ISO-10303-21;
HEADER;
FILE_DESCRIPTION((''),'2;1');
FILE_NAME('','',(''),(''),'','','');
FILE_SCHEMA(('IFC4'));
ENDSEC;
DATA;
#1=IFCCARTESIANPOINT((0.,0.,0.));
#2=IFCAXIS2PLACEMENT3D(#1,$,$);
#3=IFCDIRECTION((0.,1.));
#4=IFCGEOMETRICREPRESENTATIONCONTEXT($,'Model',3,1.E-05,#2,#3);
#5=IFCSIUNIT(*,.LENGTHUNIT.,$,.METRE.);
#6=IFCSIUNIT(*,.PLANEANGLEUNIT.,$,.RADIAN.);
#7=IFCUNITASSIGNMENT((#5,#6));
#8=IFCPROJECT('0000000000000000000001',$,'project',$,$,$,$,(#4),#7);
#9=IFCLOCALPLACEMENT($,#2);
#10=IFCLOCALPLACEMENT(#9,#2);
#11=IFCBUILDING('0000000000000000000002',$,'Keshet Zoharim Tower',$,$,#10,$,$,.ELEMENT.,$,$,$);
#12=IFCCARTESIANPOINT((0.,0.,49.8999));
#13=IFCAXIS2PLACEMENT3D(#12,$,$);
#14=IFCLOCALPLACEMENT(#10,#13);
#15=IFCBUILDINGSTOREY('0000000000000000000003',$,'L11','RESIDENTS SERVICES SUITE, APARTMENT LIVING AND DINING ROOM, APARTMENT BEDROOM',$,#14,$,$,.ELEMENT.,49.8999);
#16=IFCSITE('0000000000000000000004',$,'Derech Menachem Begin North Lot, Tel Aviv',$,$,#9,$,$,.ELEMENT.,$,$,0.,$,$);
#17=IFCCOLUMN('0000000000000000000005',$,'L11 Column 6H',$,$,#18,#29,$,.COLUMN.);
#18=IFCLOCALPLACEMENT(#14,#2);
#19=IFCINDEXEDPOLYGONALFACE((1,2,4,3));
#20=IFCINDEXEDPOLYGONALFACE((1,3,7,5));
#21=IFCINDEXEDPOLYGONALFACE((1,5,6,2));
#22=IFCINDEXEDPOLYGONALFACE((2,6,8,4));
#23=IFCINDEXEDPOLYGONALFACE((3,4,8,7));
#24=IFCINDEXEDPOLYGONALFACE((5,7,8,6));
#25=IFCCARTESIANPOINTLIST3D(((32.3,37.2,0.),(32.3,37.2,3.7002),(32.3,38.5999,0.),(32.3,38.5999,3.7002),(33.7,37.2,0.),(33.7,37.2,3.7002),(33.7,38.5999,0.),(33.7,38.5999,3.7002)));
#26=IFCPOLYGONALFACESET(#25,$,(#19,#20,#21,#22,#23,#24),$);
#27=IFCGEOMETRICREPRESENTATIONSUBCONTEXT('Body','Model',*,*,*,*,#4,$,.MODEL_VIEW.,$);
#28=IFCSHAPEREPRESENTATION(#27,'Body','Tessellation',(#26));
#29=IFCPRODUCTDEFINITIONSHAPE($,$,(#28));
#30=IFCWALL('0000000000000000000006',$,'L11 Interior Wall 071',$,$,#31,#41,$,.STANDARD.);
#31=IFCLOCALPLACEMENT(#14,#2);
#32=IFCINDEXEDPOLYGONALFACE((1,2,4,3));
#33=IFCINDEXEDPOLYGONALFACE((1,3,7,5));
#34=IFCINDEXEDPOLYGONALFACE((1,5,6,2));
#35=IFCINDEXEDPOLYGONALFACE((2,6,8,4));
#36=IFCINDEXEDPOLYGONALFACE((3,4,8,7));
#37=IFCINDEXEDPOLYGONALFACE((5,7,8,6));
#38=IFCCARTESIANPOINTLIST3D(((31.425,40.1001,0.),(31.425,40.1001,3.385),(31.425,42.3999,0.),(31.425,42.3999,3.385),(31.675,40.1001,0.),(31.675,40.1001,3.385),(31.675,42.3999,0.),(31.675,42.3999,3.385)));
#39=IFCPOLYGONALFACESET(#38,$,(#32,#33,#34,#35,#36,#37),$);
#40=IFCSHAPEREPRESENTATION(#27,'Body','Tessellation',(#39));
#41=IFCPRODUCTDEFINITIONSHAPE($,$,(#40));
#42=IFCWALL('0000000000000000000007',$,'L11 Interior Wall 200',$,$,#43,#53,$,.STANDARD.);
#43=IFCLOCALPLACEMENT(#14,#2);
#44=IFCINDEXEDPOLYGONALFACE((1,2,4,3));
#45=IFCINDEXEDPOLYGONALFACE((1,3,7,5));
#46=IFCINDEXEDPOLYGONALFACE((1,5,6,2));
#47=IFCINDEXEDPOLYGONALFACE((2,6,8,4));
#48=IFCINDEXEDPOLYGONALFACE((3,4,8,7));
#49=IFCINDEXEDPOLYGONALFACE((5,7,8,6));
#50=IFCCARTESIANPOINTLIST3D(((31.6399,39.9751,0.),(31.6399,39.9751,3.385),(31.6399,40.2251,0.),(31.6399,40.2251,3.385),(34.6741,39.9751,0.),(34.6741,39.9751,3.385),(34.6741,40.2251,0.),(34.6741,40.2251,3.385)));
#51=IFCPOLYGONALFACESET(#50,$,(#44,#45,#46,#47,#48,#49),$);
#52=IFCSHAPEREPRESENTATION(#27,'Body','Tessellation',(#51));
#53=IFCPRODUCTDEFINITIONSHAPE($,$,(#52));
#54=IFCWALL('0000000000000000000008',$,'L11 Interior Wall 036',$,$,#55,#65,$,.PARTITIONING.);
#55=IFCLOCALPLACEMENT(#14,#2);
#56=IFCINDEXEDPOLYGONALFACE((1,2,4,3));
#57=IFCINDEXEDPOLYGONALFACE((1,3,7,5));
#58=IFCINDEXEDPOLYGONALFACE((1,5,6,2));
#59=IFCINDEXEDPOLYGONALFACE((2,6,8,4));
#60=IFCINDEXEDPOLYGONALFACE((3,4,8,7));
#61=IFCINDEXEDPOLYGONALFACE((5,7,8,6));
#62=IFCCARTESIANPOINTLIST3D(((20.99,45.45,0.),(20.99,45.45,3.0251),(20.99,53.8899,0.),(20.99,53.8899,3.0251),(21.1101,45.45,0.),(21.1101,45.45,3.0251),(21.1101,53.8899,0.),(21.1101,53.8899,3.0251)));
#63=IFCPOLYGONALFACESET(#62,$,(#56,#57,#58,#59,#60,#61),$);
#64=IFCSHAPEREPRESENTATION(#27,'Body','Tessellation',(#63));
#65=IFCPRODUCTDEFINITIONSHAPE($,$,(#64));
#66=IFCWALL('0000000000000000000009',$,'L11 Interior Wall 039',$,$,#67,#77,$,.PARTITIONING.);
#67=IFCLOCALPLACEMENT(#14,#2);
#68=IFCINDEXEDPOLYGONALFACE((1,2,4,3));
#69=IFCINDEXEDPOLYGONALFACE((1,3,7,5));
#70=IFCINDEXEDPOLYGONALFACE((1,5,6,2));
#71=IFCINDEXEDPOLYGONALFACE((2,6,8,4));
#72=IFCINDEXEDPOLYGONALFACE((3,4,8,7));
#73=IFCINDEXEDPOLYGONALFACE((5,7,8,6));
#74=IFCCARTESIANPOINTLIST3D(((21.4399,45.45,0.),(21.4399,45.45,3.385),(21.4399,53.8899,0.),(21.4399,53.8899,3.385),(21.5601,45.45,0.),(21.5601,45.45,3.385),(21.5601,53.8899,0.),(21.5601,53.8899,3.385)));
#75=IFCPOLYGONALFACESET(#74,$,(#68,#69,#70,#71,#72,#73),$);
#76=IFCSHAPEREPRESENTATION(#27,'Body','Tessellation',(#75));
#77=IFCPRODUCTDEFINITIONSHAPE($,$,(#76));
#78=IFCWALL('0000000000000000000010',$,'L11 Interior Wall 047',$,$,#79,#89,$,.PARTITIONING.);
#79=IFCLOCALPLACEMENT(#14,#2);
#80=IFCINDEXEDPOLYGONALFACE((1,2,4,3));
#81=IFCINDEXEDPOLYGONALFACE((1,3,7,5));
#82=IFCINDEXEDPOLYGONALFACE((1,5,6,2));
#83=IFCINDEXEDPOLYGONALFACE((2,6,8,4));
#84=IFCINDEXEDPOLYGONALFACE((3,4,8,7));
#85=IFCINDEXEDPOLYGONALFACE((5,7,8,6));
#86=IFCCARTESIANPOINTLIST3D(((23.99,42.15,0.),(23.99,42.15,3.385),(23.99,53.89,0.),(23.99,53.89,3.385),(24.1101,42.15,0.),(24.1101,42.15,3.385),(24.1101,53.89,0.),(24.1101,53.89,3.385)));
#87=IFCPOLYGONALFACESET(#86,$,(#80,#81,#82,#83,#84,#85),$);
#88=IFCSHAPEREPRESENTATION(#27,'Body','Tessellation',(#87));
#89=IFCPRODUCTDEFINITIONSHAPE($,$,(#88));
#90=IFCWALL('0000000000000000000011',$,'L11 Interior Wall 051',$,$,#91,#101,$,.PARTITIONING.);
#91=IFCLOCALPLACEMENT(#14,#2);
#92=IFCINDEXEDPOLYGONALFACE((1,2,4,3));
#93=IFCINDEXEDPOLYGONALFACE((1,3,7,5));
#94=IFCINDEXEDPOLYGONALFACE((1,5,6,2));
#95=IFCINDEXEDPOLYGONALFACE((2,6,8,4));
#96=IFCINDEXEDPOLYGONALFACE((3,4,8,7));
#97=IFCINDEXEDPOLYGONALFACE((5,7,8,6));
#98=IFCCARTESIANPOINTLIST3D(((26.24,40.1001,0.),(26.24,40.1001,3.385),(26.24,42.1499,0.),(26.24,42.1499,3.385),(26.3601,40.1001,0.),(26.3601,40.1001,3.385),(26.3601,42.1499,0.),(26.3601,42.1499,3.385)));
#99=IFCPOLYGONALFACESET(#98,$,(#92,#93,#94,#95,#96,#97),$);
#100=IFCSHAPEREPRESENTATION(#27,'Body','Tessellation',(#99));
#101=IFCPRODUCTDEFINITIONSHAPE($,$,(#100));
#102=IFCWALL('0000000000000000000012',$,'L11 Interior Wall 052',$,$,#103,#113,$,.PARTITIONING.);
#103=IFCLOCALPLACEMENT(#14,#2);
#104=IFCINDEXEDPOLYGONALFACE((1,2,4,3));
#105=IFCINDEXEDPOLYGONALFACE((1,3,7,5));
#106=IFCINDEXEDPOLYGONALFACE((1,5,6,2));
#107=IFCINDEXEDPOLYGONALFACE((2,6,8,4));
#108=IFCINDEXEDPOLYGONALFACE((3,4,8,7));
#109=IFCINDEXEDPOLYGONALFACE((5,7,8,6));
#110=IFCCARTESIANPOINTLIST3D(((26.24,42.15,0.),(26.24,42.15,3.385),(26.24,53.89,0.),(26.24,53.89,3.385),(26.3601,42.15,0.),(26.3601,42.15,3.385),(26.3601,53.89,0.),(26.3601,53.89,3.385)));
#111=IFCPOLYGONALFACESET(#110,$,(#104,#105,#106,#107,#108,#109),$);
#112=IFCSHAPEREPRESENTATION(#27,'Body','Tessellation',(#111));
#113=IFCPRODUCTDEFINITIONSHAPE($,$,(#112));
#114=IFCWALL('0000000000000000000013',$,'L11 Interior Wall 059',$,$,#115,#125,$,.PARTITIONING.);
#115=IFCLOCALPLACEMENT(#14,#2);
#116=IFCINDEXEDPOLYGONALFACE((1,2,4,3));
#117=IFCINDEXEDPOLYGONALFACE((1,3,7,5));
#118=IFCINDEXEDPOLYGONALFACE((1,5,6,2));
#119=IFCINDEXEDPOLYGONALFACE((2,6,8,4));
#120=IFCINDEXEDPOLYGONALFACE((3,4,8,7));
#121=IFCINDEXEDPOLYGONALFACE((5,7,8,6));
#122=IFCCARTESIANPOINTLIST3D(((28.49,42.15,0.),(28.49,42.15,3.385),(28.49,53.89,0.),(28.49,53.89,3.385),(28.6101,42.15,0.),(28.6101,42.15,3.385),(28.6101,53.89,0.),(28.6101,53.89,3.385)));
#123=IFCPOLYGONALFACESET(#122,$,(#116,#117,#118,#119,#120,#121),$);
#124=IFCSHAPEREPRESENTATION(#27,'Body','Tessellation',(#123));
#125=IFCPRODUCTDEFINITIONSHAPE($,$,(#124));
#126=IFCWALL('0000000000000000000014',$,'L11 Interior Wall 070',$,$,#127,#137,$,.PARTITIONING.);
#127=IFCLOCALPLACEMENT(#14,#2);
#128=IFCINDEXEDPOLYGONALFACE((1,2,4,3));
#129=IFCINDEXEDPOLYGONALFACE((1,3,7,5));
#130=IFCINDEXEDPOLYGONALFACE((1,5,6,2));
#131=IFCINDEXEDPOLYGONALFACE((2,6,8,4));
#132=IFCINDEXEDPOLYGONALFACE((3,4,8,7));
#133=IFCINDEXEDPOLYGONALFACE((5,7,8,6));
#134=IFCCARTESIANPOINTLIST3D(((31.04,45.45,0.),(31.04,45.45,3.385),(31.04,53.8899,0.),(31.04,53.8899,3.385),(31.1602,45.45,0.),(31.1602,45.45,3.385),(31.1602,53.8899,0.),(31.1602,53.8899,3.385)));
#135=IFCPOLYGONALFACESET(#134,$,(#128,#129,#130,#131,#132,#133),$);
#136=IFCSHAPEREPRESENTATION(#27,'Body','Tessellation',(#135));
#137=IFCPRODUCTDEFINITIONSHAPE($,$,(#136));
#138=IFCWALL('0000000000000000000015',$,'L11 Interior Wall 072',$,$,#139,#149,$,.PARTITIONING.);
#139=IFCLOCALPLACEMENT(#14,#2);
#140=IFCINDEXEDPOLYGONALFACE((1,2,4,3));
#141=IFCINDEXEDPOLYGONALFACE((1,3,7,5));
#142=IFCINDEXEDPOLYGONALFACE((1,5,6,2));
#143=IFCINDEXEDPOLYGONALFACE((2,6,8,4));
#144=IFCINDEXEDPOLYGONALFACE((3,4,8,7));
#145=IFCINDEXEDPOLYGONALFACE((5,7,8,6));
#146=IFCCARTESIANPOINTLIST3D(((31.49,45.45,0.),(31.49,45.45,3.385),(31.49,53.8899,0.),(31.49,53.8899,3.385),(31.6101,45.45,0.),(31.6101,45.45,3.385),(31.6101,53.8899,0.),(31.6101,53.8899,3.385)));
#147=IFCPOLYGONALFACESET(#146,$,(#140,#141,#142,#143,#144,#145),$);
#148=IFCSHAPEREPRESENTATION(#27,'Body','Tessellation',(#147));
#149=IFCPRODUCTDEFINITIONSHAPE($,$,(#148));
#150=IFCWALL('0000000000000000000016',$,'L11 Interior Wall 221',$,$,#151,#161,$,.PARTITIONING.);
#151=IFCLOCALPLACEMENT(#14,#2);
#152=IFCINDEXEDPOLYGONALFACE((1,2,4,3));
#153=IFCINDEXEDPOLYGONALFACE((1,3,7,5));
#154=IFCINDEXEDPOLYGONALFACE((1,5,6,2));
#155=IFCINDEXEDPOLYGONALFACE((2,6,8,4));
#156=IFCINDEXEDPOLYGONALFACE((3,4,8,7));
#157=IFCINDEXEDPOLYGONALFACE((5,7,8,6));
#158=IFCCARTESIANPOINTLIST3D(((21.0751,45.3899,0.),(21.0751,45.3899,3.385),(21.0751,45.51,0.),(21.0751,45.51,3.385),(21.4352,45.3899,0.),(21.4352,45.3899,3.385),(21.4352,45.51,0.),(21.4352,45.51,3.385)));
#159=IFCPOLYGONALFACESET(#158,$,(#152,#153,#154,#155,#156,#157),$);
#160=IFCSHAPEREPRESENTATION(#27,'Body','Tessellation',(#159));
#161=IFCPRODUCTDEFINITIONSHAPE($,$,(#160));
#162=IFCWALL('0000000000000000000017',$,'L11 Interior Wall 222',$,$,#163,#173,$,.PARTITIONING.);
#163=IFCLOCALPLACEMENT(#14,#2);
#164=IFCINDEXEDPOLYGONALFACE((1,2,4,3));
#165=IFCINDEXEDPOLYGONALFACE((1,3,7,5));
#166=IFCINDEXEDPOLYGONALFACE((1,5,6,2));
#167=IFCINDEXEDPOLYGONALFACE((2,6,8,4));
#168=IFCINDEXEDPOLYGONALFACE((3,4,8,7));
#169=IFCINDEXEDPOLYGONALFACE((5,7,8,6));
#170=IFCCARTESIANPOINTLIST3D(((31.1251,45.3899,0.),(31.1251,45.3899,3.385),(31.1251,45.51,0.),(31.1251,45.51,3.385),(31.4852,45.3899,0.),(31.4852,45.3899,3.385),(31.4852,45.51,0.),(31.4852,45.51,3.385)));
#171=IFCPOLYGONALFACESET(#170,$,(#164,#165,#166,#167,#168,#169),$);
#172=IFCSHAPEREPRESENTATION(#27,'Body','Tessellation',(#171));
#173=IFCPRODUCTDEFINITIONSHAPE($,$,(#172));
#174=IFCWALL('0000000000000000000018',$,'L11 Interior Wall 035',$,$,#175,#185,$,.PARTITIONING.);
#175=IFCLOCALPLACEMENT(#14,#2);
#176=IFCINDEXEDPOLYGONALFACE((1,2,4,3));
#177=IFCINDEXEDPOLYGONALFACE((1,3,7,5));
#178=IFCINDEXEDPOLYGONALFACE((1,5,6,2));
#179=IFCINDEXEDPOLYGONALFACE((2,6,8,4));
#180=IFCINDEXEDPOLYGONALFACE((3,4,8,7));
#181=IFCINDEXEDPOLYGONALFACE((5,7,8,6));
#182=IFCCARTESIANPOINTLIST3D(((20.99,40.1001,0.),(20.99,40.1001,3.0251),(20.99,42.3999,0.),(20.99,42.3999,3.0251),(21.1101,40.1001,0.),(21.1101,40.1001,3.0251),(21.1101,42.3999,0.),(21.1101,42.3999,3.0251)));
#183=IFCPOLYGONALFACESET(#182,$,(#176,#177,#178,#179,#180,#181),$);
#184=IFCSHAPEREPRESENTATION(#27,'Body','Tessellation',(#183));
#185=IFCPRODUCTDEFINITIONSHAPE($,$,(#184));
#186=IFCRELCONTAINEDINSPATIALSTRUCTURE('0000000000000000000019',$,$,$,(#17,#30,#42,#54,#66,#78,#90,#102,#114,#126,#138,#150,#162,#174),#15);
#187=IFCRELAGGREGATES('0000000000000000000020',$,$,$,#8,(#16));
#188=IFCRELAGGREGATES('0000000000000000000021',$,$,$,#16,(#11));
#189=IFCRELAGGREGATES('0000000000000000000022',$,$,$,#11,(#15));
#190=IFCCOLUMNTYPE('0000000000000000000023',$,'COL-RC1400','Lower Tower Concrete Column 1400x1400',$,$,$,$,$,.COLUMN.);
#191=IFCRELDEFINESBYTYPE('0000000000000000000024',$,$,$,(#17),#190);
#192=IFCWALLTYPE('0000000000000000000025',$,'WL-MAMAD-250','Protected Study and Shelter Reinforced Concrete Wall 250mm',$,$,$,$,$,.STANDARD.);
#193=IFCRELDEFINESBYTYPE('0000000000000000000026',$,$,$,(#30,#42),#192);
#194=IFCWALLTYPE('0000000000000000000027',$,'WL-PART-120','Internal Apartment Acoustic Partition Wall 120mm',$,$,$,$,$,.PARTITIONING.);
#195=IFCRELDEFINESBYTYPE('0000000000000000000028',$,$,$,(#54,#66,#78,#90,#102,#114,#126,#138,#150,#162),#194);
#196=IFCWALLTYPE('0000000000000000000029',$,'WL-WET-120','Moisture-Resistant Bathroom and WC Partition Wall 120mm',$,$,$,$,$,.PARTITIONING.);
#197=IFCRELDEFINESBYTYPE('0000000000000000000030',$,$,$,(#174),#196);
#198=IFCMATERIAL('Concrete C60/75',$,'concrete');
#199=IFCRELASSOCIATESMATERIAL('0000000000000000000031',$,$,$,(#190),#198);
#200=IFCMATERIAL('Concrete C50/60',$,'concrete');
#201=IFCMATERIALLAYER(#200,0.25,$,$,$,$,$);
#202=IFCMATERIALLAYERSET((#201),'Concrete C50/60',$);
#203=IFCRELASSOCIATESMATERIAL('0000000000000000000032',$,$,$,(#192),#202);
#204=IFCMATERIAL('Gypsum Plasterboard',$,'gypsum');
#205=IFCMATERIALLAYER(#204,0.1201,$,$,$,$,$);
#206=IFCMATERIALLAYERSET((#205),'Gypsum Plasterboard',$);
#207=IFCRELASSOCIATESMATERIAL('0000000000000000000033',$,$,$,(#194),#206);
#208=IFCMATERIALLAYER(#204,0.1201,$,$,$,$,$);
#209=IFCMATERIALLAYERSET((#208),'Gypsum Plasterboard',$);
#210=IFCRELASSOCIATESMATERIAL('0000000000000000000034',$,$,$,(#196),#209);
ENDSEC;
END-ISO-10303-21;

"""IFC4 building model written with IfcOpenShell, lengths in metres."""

from ifc_helpers import new_model, si_unit, direction, frame, frame_2d, origin, origin_2d, place, context, subcontext, project, spatial, rectangle, extrude, material, layer, layer_set, material_profile, profile_set, type_object, element, save


model = new_model("IFC4")

# Units and contexts
model_context = context("Model", 3, precision=1e-05, world=origin(), true_north=direction((0.0, 1.0)))
body_context = subcontext(model_context, "Body", "Model", "MODEL_VIEW")
ifc_project = project(units=[si_unit("LENGTHUNIT", "METRE"), si_unit("PLANEANGLEUNIT", "RADIAN")], contexts=[model_context])

# Site, building, storey
site_placement = place(None, origin())
site = spatial("IfcSite", under=ifc_project, at=site_placement, Name="Derech Menachem Begin North Lot, Tel Aviv", CompositionType="ELEMENT", RefElevation=0.0)
building_placement = place(site_placement, origin())
building = spatial("IfcBuilding", under=site, at=building_placement, Name="Keshet Zoharim Tower", CompositionType="ELEMENT")
storey_placement = place(building_placement, frame((0.0, 0.0, 49.8999)))
storey = spatial("IfcBuildingStorey", under=building, at=storey_placement, Name="L11", Description="RESIDENTS SERVICES SUITE, APARTMENT LIVING AND DINING ROOM, APARTMENT BEDROOM", CompositionType="ELEMENT", Elevation=49.8999)

# Column
ifc_material_1 = material(Name="Concrete C60/75", Category="concrete")
ifc_material_profile = material_profile(ifc_material_1, rectangle(XDim=1.3999, YDim=1.3999, at=origin_2d()), Name="RC1400x1400")
ifc_profile_set = profile_set([ifc_material_profile], Name="Concrete C60/75")
column_type = type_object("IfcColumnType", Name="COL-RC1400", Description="Lower Tower Concrete Column 1400x1400", PredefinedType="COLUMN", material=ifc_profile_set)
column_placement = place(storey_placement, frame((33.0, 37.8999, 0.0), z_axis=(0.0, 0.0, 1.0), x_axis=(1.0, 0.0, 0.0)))
element("IfcColumn", 1, at=column_placement, inside=storey, type_object=column_type, Name="L11 Column 6H", PredefinedType="COLUMN", context=body_context, shape_type="SweptSolid", body=[
    extrude(rectangle(XDim=1.3999, YDim=1.3999, at=origin_2d()), origin(), (0.0, 0.0, 1.0), 3.7002),
])

# Shared definitions
ifc_material_2 = material(Name="Gypsum Plasterboard", Category="gypsum")

# Walls
ifc_material_3 = material(Name="Concrete C50/60", Category="concrete")
ifc_layer_1 = layer(ifc_material_3, 0.25)
ifc_layer_set_1 = layer_set([ifc_layer_1], Name="Concrete C50/60")
wall_type_1 = type_object("IfcWallType", Name="WL-MAMAD-250", Description="Protected Study and Shelter Reinforced Concrete Wall 250mm", PredefinedType="STANDARD", material=ifc_layer_set_1)
wall_1_placement = place(storey_placement, frame((31.55, 40.1001, 0.0), z_axis=(0.0, 0.0, 1.0), x_axis=(0.0, 1.0, 0.0)))
element("IfcWall", 2, at=wall_1_placement, inside=storey, type_object=wall_type_1, Name="L11 Interior Wall 071", PredefinedType="STANDARD", context=body_context, shape_type="SweptSolid", body=[
    extrude(rectangle(XDim=2.2998, YDim=0.25, at=frame_2d((1.1499, 0.0))), origin(), (0.0, 0.0, 1.0), 3.385),
])
wall_2_placement = place(storey_placement, frame((31.6399, 40.1001, 0.0), z_axis=(0.0, 0.0, 1.0), x_axis=(1.0, 0.0, 0.0)))
element("IfcWall", 3, at=wall_2_placement, inside=storey, type_object=wall_type_1, Name="L11 Interior Wall 200", PredefinedType="STANDARD", context=body_context, shape_type="SweptSolid", body=[
    extrude(rectangle(XDim=3.0342, YDim=0.25, at=frame_2d((1.5171, 0.0))), origin(), (0.0, 0.0, 1.0), 3.385),
])

# Walls
ifc_layer_2 = layer(ifc_material_2, 0.1201)
ifc_layer_set_2 = layer_set([ifc_layer_2], Name="Gypsum Plasterboard")
wall_type_2 = type_object("IfcWallType", Name="WL-PART-120", Description="Internal Apartment Acoustic Partition Wall 120mm", PredefinedType="PARTITIONING", material=ifc_layer_set_2)
wall_3_placement = place(storey_placement, frame((21.05, 45.45, 0.0), z_axis=(0.0, 0.0, 1.0), x_axis=(0.0, 1.0, 0.0)))
element("IfcWall", 4, at=wall_3_placement, inside=storey, type_object=wall_type_2, Name="L11 Interior Wall 036", PredefinedType="PARTITIONING", context=body_context, shape_type="SweptSolid", body=[
    extrude(rectangle(XDim=8.4399, YDim=0.1201, at=frame_2d((4.22, 0.0))), origin(), (0.0, 0.0, 1.0), 3.0251),
])
wall_4_placement = place(storey_placement, frame((21.5, 45.45, 0.0), z_axis=(0.0, 0.0, 1.0), x_axis=(0.0, 1.0, 0.0)))
element("IfcWall", 5, at=wall_4_placement, inside=storey, type_object=wall_type_2, Name="L11 Interior Wall 039", PredefinedType="PARTITIONING", context=body_context, shape_type="SweptSolid", body=[
    extrude(rectangle(XDim=8.4399, YDim=0.1201, at=frame_2d((4.22, 0.0))), origin(), (0.0, 0.0, 1.0), 3.385),
])
wall_5_placement = place(storey_placement, frame((24.05, 42.1499, 0.0), z_axis=(0.0, 0.0, 1.0), x_axis=(0.0, 1.0, 0.0)))
element("IfcWall", 6, at=wall_5_placement, inside=storey, type_object=wall_type_2, Name="L11 Interior Wall 047", PredefinedType="PARTITIONING", context=body_context, shape_type="SweptSolid", body=[
    extrude(rectangle(XDim=11.74, YDim=0.1201, at=frame_2d((5.8701, 0.0))), origin(), (0.0, 0.0, 1.0), 3.385),
])
wall_6_placement = place(storey_placement, frame((26.3, 40.1001, 0.0), z_axis=(0.0, 0.0, 1.0), x_axis=(0.0, 1.0, 0.0)))
element("IfcWall", 7, at=wall_6_placement, inside=storey, type_object=wall_type_2, Name="L11 Interior Wall 051", PredefinedType="PARTITIONING", context=body_context, shape_type="SweptSolid", body=[
    extrude(rectangle(XDim=2.0498, YDim=0.1201, at=frame_2d((1.0249, 0.0))), origin(), (0.0, 0.0, 1.0), 3.385),
])
for number, where, z_axis, x_axis, name in (
    (8, (26.3, 42.1499, 0.0), (0.0, 0.0, 1.0), (0.0, 1.0, 0.0), "L11 Interior Wall 052"),
    (9, (28.55, 42.1499, 0.0), (0.0, 0.0, 1.0), (0.0, 1.0, 0.0), "L11 Interior Wall 059"),
):
    element("IfcWall", number, at=place(storey_placement, frame(where, z_axis=z_axis, x_axis=x_axis)), inside=storey, type_object=wall_type_2, Name=name, PredefinedType="PARTITIONING", context=body_context, shape_type="SweptSolid", body=[
        extrude(rectangle(XDim=11.74, YDim=0.1201, at=frame_2d((5.8701, 0.0))), origin(), (0.0, 0.0, 1.0), 3.385),
    ])
for number, where, z_axis, x_axis, name in (
    (10, (31.1001, 45.45, 0.0), (0.0, 0.0, 1.0), (0.0, 1.0, 0.0), "L11 Interior Wall 070"),
    (11, (31.55, 45.45, 0.0), (0.0, 0.0, 1.0), (0.0, 1.0, 0.0), "L11 Interior Wall 072"),
):
    element("IfcWall", number, at=place(storey_placement, frame(where, z_axis=z_axis, x_axis=x_axis)), inside=storey, type_object=wall_type_2, Name=name, PredefinedType="PARTITIONING", context=body_context, shape_type="SweptSolid", body=[
        extrude(rectangle(XDim=8.4399, YDim=0.1201, at=frame_2d((4.22, 0.0))), origin(), (0.0, 0.0, 1.0), 3.385),
    ])

# Walls
for number, where, z_axis, x_axis, name in (
    (12, (21.075, 45.45, 0.0), (0.0, 0.0, 1.0), (1.0, 0.0, 0.0), "L11 Interior Wall 221"),
    (13, (31.125, 45.45, 0.0), (0.0, 0.0, 1.0), (1.0, 0.0, 0.0), "L11 Interior Wall 222"),
):
    element("IfcWall", number, at=place(storey_placement, frame(where, z_axis=z_axis, x_axis=x_axis)), inside=storey, type_object=wall_type_2, Name=name, PredefinedType="PARTITIONING", context=body_context, shape_type="SweptSolid", body=[
        extrude(rectangle(XDim=0.3601, YDim=0.1201, at=frame_2d((0.1802, 0.0))), origin(), (0.0, 0.0, 1.0), 3.385),
    ])

# Wall
ifc_layer_3 = layer(ifc_material_2, 0.1201)
ifc_layer_set_3 = layer_set([ifc_layer_3], Name="Gypsum Plasterboard")
wall_type_3 = type_object("IfcWallType", Name="WL-WET-120", Description="Moisture-Resistant Bathroom and WC Partition Wall 120mm", PredefinedType="PARTITIONING", material=ifc_layer_set_3)
wall_7_placement = place(storey_placement, frame((21.05, 40.1001, 0.0), z_axis=(0.0, 0.0, 1.0), x_axis=(0.0, 1.0, 0.0)))
element("IfcWall", 14, at=wall_7_placement, inside=storey, type_object=wall_type_3, Name="L11 Interior Wall 035", PredefinedType="PARTITIONING", context=body_context, shape_type="SweptSolid", body=[
    extrude(rectangle(XDim=2.2998, YDim=0.1201, at=frame_2d((1.1499, 0.0))), origin(), (0.0, 0.0, 1.0), 3.0251),
])

save(model, "model.ifc")
